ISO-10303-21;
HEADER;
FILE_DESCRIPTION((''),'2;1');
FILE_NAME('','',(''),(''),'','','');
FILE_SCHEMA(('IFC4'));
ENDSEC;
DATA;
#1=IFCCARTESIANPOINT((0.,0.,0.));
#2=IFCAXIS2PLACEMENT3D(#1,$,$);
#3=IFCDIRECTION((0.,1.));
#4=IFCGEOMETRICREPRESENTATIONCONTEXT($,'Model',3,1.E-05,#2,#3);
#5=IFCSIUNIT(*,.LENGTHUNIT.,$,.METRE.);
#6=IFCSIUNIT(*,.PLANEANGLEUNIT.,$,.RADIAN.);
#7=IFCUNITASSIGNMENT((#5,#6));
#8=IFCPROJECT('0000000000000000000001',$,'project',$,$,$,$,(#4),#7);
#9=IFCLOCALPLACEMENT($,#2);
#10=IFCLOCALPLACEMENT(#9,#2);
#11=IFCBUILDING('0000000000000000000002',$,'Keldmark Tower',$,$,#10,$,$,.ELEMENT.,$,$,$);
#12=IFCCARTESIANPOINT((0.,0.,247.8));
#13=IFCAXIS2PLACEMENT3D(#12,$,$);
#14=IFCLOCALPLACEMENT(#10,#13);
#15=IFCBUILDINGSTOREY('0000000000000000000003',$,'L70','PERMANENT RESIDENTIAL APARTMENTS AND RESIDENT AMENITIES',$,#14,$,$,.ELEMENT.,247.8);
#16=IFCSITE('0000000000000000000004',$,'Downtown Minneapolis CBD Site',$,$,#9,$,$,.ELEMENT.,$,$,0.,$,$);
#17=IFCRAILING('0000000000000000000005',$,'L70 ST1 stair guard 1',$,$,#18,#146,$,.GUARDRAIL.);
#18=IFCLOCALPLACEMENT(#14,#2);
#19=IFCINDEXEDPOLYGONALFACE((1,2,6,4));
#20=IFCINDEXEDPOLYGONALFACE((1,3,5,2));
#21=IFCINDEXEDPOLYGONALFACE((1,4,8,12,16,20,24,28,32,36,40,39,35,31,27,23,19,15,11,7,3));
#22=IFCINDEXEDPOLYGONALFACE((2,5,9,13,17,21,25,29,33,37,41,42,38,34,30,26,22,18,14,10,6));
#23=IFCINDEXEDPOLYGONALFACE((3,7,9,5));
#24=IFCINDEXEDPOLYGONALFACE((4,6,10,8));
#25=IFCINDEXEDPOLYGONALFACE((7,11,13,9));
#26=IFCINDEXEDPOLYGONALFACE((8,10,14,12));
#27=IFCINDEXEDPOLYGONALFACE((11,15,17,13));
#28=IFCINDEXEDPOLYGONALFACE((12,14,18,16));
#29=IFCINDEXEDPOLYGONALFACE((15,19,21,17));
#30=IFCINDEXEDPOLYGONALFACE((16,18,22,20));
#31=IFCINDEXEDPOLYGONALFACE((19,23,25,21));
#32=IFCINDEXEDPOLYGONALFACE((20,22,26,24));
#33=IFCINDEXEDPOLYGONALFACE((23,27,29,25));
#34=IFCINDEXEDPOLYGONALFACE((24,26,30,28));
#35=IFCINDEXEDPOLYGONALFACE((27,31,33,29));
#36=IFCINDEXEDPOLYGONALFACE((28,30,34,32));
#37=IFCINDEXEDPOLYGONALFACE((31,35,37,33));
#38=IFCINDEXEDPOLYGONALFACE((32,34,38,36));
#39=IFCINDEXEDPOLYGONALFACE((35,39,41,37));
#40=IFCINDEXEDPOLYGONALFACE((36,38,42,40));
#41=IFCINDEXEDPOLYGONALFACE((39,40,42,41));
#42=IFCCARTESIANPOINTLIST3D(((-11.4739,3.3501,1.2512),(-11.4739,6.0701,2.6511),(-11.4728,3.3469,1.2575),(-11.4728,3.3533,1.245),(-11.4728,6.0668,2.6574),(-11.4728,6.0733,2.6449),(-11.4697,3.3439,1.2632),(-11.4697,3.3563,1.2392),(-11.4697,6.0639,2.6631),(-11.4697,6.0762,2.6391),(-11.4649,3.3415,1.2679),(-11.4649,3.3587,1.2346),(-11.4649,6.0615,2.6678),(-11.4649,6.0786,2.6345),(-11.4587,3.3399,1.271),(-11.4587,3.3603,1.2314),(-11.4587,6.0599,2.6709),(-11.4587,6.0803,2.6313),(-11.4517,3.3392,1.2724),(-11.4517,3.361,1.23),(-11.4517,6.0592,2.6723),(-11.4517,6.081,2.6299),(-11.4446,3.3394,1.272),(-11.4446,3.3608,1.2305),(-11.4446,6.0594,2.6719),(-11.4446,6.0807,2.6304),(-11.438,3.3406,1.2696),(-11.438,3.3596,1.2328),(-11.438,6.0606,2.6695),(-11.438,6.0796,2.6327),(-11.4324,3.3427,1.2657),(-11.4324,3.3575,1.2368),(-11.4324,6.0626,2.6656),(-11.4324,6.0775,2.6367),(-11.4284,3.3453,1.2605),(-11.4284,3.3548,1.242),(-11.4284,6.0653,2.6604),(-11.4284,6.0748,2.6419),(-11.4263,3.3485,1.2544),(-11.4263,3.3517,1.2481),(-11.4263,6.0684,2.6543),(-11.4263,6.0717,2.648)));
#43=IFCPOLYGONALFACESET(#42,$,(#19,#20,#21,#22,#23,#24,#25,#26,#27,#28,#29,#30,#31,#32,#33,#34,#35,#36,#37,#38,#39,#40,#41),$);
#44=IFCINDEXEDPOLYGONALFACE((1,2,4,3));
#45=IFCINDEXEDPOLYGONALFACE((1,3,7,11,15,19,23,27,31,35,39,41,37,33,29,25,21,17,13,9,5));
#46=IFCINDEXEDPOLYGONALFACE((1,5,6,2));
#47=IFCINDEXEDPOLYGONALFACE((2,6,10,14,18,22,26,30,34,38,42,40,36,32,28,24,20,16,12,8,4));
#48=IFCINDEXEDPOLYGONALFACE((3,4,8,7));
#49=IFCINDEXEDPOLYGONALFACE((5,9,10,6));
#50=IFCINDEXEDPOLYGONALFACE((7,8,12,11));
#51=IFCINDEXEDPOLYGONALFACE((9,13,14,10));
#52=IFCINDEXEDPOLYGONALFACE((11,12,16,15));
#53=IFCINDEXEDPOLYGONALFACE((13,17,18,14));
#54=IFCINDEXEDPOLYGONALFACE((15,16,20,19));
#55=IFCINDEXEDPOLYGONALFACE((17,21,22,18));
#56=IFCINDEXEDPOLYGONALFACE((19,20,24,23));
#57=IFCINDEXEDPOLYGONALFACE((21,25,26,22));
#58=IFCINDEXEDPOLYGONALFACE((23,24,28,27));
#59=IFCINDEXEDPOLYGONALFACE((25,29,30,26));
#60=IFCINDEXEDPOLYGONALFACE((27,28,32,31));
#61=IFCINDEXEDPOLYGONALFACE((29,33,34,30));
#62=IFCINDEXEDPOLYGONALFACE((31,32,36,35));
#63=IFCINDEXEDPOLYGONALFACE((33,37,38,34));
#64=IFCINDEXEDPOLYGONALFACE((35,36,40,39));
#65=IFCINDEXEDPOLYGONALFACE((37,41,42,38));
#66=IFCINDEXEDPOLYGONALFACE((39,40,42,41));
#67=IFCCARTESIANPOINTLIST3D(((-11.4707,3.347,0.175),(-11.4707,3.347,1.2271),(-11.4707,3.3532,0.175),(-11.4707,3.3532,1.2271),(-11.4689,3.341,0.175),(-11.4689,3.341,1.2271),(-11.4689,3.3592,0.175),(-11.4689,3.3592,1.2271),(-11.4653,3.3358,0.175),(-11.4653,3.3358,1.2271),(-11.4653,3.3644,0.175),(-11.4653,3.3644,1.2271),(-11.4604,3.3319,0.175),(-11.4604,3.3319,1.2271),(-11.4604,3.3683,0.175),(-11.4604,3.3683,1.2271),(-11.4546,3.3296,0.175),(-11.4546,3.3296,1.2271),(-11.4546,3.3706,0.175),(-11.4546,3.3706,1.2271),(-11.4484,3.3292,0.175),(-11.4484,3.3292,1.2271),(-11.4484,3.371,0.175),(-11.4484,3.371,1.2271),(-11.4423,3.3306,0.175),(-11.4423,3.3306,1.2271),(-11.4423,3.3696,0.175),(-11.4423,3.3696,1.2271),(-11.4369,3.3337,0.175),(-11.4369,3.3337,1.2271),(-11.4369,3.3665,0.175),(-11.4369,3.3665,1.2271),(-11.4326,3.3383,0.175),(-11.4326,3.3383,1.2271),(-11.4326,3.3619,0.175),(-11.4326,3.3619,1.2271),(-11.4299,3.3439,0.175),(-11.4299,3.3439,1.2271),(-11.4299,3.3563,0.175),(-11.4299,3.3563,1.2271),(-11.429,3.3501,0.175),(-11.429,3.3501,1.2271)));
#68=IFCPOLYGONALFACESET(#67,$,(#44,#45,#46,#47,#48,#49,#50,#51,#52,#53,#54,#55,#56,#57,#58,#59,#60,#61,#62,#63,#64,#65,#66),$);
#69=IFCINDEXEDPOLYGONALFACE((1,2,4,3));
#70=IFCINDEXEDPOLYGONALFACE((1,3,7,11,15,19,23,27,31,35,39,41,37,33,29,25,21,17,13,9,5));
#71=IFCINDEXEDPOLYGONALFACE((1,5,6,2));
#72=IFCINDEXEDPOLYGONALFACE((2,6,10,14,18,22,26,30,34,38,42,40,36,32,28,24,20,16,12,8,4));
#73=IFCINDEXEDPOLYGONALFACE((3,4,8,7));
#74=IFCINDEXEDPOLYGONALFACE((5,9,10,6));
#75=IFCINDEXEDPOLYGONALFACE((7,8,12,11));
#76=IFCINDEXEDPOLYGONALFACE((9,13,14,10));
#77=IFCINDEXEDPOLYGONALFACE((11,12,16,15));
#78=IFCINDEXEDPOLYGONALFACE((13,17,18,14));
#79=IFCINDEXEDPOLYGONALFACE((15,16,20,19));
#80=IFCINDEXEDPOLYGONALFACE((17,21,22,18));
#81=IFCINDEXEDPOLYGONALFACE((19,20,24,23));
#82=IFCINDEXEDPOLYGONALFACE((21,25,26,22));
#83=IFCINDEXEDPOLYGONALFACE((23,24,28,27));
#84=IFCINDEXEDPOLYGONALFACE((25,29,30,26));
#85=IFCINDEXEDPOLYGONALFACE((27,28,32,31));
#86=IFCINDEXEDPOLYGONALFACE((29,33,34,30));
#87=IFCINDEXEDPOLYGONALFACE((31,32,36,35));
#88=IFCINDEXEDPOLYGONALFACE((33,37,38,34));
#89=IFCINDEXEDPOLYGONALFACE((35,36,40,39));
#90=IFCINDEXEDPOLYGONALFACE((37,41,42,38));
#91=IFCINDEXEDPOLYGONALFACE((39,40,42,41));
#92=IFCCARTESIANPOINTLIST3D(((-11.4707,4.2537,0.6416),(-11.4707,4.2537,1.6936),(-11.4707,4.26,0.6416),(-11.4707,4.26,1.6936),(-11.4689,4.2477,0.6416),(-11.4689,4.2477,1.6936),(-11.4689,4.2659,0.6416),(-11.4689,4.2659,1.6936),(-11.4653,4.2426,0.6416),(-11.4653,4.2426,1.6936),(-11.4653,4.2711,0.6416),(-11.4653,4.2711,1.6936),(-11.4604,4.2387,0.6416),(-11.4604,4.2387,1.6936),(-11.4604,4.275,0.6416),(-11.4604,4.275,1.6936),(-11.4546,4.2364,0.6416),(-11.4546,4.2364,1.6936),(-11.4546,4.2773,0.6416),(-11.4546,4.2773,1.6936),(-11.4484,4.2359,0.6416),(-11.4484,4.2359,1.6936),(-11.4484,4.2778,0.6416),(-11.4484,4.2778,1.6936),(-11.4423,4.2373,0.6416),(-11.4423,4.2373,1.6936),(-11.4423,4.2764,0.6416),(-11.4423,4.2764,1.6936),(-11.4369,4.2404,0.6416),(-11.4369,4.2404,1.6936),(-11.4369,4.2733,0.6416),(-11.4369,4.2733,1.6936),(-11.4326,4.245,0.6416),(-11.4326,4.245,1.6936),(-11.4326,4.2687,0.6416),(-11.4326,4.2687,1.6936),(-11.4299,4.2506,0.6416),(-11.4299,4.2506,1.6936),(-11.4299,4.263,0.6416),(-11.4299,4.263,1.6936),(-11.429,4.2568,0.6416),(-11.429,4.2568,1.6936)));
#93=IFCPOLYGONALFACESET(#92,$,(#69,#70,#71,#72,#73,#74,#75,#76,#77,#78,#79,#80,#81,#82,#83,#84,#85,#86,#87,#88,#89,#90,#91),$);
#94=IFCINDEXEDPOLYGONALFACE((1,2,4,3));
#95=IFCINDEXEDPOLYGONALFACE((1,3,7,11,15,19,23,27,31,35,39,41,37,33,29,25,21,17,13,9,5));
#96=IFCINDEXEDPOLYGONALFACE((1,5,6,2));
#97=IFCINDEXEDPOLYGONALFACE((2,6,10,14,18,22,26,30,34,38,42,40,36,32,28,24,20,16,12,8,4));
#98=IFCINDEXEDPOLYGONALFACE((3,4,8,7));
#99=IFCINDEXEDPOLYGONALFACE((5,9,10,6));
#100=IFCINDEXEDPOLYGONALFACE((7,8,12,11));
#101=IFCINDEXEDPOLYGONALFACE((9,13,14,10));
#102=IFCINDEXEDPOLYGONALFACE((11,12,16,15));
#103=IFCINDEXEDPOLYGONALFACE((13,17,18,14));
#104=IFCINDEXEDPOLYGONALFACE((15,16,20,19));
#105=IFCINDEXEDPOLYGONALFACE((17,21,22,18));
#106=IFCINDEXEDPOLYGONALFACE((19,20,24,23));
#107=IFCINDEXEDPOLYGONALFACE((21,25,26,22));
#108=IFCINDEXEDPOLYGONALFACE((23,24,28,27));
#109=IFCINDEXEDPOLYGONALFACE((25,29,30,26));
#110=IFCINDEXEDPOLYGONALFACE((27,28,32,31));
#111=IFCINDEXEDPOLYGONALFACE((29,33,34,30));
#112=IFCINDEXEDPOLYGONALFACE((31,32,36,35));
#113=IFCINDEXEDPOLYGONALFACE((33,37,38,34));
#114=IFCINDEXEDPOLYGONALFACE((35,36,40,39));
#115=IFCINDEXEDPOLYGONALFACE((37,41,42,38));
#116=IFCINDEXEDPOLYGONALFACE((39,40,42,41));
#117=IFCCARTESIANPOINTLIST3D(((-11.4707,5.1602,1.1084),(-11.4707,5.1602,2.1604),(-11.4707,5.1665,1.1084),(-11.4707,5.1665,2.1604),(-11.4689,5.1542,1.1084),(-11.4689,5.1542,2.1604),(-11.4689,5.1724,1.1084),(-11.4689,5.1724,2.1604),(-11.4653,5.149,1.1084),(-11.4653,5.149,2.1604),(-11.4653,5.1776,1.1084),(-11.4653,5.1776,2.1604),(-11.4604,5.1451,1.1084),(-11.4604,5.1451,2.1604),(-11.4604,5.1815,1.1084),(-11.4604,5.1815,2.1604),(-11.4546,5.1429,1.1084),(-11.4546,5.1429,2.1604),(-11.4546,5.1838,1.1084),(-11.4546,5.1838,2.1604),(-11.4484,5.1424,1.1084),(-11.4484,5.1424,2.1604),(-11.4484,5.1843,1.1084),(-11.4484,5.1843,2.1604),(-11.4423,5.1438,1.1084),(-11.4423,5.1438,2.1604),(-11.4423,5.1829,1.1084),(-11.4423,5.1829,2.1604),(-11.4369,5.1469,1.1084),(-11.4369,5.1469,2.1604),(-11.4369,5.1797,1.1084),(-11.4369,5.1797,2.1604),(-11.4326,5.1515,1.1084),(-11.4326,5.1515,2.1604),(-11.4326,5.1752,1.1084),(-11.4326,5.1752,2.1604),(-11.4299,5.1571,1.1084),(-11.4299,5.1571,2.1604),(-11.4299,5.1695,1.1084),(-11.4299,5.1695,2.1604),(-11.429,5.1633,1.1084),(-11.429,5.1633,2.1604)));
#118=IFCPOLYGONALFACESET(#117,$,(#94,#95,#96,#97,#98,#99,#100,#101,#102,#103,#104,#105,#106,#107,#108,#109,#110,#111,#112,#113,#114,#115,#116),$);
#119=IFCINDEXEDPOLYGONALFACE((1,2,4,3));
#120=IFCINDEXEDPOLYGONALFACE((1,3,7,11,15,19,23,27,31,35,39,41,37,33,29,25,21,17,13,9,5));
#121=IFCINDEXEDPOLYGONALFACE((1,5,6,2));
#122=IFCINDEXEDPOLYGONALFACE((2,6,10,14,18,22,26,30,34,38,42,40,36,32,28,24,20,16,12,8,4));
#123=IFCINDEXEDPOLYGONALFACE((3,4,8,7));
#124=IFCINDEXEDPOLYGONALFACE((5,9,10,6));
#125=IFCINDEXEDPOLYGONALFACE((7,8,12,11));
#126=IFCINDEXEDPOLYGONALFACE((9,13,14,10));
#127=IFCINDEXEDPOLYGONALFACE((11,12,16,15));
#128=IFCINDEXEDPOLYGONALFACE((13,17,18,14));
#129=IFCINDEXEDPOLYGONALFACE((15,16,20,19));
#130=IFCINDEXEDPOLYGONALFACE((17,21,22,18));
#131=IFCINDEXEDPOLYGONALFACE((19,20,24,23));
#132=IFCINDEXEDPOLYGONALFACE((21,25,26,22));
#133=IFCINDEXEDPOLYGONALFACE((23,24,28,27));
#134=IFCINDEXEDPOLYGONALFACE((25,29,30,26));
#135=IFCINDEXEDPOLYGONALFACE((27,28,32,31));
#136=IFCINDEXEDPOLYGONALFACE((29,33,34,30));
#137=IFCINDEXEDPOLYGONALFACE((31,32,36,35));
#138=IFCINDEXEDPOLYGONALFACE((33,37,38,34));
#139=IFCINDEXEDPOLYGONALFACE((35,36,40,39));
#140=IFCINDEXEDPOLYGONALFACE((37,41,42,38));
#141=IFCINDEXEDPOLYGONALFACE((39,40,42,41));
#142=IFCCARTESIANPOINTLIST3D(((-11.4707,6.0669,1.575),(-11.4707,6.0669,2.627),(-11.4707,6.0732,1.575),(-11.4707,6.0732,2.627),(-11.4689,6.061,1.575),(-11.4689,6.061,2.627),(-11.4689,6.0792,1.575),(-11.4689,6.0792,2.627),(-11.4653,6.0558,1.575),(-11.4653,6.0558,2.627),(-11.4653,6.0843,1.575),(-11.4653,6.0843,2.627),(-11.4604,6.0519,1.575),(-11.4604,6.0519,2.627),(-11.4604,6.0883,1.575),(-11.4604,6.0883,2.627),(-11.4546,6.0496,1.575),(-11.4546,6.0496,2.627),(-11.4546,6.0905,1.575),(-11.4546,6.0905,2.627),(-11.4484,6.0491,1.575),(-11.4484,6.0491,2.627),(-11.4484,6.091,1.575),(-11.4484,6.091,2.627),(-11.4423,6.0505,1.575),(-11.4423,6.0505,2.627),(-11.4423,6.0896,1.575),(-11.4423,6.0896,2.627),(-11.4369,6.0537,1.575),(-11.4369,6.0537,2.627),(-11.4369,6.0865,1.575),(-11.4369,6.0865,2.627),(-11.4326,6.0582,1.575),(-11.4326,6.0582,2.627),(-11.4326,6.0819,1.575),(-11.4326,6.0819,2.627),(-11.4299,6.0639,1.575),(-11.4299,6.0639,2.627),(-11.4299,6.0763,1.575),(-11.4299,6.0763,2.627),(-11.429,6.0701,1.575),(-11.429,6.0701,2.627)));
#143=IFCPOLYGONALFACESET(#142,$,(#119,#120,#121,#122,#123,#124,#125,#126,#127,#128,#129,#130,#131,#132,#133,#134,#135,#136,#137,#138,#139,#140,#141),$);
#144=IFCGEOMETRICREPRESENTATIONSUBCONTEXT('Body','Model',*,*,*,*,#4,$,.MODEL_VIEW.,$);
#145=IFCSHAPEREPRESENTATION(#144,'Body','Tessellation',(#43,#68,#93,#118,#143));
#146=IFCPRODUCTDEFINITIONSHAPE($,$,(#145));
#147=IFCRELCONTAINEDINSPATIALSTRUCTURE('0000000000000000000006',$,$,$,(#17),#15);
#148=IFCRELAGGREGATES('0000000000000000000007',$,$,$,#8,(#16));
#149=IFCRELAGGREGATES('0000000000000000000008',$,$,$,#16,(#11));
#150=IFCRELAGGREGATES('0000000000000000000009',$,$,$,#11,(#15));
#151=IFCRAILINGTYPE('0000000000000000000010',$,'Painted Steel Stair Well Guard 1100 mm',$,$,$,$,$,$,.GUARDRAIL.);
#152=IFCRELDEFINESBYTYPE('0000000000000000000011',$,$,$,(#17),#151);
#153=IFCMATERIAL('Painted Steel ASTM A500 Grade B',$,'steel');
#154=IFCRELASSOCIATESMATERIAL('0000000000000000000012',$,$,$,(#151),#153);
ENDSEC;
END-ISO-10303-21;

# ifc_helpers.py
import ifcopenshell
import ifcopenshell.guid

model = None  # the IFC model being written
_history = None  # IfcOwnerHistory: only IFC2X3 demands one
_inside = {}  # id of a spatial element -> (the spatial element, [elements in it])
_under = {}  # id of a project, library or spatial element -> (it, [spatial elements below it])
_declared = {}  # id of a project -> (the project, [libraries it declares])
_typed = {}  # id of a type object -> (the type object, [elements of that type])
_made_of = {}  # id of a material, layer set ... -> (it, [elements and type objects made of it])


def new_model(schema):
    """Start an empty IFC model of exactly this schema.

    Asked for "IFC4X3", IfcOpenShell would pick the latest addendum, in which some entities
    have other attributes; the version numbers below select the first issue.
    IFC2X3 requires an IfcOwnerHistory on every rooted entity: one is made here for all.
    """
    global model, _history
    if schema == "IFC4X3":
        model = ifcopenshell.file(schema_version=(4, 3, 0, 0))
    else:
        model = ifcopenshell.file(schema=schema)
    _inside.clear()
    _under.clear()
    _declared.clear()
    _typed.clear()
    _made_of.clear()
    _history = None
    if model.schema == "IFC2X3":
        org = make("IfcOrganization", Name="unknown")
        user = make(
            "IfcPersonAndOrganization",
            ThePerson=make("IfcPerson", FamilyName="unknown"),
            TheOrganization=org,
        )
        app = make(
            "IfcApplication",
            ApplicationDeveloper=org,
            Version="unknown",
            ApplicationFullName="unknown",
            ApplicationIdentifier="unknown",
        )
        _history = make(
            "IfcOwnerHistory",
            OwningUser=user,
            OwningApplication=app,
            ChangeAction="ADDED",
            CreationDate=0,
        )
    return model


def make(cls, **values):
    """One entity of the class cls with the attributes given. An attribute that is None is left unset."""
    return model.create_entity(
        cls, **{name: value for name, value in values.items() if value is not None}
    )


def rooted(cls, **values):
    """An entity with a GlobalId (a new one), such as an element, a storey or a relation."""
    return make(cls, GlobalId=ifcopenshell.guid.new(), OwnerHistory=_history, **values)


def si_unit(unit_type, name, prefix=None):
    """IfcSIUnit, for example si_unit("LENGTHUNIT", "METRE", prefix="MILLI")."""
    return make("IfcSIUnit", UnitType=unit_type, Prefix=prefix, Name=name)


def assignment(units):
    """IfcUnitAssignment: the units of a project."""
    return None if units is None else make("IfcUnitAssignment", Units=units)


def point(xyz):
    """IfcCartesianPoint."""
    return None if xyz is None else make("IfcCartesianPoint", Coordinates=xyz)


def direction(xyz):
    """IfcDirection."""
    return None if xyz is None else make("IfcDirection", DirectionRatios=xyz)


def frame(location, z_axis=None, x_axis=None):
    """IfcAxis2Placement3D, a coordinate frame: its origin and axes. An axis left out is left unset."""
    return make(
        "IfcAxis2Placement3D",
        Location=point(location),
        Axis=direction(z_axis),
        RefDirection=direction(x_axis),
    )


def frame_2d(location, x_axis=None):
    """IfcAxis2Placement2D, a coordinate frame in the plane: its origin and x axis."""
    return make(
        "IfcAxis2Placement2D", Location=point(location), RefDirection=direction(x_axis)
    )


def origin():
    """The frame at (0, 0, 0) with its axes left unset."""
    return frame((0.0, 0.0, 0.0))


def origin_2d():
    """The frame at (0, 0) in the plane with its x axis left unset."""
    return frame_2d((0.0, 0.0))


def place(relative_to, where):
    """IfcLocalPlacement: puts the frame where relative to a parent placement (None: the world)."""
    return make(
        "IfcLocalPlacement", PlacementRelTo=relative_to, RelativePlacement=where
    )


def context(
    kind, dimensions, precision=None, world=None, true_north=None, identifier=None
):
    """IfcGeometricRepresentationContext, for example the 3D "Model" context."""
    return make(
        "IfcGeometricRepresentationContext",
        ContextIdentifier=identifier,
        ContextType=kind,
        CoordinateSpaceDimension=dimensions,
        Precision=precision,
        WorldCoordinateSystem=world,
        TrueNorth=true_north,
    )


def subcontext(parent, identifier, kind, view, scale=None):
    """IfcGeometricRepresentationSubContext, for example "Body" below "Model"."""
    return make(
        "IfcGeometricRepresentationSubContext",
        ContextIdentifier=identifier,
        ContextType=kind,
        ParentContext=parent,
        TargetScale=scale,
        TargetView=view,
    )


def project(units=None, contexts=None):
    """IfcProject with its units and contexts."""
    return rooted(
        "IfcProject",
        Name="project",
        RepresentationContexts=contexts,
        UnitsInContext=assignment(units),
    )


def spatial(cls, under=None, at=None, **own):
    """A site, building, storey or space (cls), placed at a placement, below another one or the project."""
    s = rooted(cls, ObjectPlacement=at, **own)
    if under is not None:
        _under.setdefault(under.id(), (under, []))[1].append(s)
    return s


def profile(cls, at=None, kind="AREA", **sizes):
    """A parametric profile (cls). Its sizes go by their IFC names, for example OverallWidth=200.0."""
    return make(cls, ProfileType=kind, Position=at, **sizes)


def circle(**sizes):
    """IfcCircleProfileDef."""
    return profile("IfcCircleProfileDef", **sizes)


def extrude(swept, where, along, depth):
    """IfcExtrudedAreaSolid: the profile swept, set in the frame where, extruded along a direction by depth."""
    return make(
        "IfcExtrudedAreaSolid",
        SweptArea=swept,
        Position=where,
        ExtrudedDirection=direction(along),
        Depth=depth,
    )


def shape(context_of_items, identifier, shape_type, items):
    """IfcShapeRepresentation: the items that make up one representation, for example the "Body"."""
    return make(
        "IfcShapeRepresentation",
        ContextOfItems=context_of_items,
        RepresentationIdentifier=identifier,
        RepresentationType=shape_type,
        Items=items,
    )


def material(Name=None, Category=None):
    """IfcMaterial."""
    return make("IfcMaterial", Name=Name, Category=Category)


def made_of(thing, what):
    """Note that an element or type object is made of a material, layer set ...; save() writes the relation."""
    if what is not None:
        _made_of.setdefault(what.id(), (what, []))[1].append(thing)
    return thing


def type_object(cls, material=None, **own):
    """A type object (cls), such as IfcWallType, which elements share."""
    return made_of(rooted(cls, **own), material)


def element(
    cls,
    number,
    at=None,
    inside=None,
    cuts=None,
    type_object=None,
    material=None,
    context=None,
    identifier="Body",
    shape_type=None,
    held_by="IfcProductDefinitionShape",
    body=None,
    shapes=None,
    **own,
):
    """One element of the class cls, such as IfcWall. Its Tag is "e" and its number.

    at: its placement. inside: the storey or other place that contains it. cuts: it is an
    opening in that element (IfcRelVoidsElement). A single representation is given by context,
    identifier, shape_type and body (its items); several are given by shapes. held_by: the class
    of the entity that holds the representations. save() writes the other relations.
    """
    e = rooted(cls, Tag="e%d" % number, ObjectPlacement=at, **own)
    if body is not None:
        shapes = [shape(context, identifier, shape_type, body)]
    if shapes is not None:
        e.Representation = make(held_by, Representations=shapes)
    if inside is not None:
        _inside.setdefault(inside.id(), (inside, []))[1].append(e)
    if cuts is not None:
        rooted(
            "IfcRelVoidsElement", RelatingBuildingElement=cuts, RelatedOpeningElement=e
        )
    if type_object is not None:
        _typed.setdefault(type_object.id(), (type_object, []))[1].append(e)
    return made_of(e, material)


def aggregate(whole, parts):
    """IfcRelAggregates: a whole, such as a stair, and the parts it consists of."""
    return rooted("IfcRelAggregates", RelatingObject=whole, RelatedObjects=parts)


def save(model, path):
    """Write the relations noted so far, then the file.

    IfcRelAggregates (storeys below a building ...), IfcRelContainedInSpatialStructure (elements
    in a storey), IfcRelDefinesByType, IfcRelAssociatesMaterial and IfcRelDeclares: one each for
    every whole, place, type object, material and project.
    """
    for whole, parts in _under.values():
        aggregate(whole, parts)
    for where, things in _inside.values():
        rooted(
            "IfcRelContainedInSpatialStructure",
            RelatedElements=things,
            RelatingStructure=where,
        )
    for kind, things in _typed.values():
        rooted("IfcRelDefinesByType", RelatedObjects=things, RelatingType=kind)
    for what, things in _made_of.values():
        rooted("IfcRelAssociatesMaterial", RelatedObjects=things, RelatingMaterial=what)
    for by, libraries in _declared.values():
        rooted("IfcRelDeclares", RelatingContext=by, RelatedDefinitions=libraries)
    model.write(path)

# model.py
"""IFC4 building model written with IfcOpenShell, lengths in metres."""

from ifc_helpers import new_model, si_unit, direction, frame, origin, origin_2d, place, context, subcontext, project, spatial, circle, extrude, material, type_object, element, save


model = new_model("IFC4")

# Units and contexts
model_context = context("Model", 3, precision=1e-05, world=origin(), true_north=direction((0.0, 1.0)))
body_context = subcontext(model_context, "Body", "Model", "MODEL_VIEW")
ifc_project = project(units=[si_unit("LENGTHUNIT", "METRE"), si_unit("PLANEANGLEUNIT", "RADIAN")], contexts=[model_context])

# Site, building, storey
site_placement = place(None, origin())
site = spatial("IfcSite", under=ifc_project, at=site_placement, Name="Downtown Minneapolis CBD Site", CompositionType="ELEMENT", RefElevation=0.0)
building_placement = place(site_placement, origin())
building = spatial("IfcBuilding", under=site, at=building_placement, Name="Keldmark Tower", CompositionType="ELEMENT")
storey_placement = place(building_placement, frame((0.0, 0.0, 247.8)))
storey = spatial("IfcBuildingStorey", under=building, at=storey_placement, Name="L70", Description="PERMANENT RESIDENTIAL APARTMENTS AND RESIDENT AMENITIES", CompositionType="ELEMENT", Elevation=247.8)

# Railing
ifc_material_1 = material(Name="Painted Steel ASTM A500 Grade B", Category="steel")
railing_type_1 = type_object("IfcRailingType", Name="Painted Steel Stair Well Guard 1100 mm", PredefinedType="GUARDRAIL", material=ifc_material_1)
railing_1_placement = place(storey_placement, frame((-11.45, 3.3501, 0.175)))
element("IfcRailing", 1, at=railing_1_placement, inside=storey, type_object=railing_type_1, Name="L70 ST1 stair guard 1", PredefinedType="GUARDRAIL", context=body_context, shape_type="SweptSolid", body=[
    extrude(circle(Radius=0.0239, at=origin_2d()), frame((0.0, 0.0, 1.0762), z_axis=(0.0, 0.889147, 0.457622), x_axis=(-1.0, 0.0, 0.0)), (0.0, 0.0, 1.0), 3.0591),
    extrude(circle(Radius=0.021, at=origin_2d()), origin(), (0.0, 0.0, 1.0), 1.052),
    extrude(circle(Radius=0.021, at=origin_2d()), frame((0.0, 0.9067, 0.4666)), (0.0, 0.0, 1.0), 1.052),
    extrude(circle(Radius=0.021, at=origin_2d()), frame((0.0, 1.8132, 0.9333)), (0.0, 0.0, 1.0), 1.052),
    extrude(circle(Radius=0.021, at=origin_2d()), frame((0.0, 2.72, 1.3999)), (0.0, 0.0, 1.0), 1.052),
])

save(model, "model.ifc")
